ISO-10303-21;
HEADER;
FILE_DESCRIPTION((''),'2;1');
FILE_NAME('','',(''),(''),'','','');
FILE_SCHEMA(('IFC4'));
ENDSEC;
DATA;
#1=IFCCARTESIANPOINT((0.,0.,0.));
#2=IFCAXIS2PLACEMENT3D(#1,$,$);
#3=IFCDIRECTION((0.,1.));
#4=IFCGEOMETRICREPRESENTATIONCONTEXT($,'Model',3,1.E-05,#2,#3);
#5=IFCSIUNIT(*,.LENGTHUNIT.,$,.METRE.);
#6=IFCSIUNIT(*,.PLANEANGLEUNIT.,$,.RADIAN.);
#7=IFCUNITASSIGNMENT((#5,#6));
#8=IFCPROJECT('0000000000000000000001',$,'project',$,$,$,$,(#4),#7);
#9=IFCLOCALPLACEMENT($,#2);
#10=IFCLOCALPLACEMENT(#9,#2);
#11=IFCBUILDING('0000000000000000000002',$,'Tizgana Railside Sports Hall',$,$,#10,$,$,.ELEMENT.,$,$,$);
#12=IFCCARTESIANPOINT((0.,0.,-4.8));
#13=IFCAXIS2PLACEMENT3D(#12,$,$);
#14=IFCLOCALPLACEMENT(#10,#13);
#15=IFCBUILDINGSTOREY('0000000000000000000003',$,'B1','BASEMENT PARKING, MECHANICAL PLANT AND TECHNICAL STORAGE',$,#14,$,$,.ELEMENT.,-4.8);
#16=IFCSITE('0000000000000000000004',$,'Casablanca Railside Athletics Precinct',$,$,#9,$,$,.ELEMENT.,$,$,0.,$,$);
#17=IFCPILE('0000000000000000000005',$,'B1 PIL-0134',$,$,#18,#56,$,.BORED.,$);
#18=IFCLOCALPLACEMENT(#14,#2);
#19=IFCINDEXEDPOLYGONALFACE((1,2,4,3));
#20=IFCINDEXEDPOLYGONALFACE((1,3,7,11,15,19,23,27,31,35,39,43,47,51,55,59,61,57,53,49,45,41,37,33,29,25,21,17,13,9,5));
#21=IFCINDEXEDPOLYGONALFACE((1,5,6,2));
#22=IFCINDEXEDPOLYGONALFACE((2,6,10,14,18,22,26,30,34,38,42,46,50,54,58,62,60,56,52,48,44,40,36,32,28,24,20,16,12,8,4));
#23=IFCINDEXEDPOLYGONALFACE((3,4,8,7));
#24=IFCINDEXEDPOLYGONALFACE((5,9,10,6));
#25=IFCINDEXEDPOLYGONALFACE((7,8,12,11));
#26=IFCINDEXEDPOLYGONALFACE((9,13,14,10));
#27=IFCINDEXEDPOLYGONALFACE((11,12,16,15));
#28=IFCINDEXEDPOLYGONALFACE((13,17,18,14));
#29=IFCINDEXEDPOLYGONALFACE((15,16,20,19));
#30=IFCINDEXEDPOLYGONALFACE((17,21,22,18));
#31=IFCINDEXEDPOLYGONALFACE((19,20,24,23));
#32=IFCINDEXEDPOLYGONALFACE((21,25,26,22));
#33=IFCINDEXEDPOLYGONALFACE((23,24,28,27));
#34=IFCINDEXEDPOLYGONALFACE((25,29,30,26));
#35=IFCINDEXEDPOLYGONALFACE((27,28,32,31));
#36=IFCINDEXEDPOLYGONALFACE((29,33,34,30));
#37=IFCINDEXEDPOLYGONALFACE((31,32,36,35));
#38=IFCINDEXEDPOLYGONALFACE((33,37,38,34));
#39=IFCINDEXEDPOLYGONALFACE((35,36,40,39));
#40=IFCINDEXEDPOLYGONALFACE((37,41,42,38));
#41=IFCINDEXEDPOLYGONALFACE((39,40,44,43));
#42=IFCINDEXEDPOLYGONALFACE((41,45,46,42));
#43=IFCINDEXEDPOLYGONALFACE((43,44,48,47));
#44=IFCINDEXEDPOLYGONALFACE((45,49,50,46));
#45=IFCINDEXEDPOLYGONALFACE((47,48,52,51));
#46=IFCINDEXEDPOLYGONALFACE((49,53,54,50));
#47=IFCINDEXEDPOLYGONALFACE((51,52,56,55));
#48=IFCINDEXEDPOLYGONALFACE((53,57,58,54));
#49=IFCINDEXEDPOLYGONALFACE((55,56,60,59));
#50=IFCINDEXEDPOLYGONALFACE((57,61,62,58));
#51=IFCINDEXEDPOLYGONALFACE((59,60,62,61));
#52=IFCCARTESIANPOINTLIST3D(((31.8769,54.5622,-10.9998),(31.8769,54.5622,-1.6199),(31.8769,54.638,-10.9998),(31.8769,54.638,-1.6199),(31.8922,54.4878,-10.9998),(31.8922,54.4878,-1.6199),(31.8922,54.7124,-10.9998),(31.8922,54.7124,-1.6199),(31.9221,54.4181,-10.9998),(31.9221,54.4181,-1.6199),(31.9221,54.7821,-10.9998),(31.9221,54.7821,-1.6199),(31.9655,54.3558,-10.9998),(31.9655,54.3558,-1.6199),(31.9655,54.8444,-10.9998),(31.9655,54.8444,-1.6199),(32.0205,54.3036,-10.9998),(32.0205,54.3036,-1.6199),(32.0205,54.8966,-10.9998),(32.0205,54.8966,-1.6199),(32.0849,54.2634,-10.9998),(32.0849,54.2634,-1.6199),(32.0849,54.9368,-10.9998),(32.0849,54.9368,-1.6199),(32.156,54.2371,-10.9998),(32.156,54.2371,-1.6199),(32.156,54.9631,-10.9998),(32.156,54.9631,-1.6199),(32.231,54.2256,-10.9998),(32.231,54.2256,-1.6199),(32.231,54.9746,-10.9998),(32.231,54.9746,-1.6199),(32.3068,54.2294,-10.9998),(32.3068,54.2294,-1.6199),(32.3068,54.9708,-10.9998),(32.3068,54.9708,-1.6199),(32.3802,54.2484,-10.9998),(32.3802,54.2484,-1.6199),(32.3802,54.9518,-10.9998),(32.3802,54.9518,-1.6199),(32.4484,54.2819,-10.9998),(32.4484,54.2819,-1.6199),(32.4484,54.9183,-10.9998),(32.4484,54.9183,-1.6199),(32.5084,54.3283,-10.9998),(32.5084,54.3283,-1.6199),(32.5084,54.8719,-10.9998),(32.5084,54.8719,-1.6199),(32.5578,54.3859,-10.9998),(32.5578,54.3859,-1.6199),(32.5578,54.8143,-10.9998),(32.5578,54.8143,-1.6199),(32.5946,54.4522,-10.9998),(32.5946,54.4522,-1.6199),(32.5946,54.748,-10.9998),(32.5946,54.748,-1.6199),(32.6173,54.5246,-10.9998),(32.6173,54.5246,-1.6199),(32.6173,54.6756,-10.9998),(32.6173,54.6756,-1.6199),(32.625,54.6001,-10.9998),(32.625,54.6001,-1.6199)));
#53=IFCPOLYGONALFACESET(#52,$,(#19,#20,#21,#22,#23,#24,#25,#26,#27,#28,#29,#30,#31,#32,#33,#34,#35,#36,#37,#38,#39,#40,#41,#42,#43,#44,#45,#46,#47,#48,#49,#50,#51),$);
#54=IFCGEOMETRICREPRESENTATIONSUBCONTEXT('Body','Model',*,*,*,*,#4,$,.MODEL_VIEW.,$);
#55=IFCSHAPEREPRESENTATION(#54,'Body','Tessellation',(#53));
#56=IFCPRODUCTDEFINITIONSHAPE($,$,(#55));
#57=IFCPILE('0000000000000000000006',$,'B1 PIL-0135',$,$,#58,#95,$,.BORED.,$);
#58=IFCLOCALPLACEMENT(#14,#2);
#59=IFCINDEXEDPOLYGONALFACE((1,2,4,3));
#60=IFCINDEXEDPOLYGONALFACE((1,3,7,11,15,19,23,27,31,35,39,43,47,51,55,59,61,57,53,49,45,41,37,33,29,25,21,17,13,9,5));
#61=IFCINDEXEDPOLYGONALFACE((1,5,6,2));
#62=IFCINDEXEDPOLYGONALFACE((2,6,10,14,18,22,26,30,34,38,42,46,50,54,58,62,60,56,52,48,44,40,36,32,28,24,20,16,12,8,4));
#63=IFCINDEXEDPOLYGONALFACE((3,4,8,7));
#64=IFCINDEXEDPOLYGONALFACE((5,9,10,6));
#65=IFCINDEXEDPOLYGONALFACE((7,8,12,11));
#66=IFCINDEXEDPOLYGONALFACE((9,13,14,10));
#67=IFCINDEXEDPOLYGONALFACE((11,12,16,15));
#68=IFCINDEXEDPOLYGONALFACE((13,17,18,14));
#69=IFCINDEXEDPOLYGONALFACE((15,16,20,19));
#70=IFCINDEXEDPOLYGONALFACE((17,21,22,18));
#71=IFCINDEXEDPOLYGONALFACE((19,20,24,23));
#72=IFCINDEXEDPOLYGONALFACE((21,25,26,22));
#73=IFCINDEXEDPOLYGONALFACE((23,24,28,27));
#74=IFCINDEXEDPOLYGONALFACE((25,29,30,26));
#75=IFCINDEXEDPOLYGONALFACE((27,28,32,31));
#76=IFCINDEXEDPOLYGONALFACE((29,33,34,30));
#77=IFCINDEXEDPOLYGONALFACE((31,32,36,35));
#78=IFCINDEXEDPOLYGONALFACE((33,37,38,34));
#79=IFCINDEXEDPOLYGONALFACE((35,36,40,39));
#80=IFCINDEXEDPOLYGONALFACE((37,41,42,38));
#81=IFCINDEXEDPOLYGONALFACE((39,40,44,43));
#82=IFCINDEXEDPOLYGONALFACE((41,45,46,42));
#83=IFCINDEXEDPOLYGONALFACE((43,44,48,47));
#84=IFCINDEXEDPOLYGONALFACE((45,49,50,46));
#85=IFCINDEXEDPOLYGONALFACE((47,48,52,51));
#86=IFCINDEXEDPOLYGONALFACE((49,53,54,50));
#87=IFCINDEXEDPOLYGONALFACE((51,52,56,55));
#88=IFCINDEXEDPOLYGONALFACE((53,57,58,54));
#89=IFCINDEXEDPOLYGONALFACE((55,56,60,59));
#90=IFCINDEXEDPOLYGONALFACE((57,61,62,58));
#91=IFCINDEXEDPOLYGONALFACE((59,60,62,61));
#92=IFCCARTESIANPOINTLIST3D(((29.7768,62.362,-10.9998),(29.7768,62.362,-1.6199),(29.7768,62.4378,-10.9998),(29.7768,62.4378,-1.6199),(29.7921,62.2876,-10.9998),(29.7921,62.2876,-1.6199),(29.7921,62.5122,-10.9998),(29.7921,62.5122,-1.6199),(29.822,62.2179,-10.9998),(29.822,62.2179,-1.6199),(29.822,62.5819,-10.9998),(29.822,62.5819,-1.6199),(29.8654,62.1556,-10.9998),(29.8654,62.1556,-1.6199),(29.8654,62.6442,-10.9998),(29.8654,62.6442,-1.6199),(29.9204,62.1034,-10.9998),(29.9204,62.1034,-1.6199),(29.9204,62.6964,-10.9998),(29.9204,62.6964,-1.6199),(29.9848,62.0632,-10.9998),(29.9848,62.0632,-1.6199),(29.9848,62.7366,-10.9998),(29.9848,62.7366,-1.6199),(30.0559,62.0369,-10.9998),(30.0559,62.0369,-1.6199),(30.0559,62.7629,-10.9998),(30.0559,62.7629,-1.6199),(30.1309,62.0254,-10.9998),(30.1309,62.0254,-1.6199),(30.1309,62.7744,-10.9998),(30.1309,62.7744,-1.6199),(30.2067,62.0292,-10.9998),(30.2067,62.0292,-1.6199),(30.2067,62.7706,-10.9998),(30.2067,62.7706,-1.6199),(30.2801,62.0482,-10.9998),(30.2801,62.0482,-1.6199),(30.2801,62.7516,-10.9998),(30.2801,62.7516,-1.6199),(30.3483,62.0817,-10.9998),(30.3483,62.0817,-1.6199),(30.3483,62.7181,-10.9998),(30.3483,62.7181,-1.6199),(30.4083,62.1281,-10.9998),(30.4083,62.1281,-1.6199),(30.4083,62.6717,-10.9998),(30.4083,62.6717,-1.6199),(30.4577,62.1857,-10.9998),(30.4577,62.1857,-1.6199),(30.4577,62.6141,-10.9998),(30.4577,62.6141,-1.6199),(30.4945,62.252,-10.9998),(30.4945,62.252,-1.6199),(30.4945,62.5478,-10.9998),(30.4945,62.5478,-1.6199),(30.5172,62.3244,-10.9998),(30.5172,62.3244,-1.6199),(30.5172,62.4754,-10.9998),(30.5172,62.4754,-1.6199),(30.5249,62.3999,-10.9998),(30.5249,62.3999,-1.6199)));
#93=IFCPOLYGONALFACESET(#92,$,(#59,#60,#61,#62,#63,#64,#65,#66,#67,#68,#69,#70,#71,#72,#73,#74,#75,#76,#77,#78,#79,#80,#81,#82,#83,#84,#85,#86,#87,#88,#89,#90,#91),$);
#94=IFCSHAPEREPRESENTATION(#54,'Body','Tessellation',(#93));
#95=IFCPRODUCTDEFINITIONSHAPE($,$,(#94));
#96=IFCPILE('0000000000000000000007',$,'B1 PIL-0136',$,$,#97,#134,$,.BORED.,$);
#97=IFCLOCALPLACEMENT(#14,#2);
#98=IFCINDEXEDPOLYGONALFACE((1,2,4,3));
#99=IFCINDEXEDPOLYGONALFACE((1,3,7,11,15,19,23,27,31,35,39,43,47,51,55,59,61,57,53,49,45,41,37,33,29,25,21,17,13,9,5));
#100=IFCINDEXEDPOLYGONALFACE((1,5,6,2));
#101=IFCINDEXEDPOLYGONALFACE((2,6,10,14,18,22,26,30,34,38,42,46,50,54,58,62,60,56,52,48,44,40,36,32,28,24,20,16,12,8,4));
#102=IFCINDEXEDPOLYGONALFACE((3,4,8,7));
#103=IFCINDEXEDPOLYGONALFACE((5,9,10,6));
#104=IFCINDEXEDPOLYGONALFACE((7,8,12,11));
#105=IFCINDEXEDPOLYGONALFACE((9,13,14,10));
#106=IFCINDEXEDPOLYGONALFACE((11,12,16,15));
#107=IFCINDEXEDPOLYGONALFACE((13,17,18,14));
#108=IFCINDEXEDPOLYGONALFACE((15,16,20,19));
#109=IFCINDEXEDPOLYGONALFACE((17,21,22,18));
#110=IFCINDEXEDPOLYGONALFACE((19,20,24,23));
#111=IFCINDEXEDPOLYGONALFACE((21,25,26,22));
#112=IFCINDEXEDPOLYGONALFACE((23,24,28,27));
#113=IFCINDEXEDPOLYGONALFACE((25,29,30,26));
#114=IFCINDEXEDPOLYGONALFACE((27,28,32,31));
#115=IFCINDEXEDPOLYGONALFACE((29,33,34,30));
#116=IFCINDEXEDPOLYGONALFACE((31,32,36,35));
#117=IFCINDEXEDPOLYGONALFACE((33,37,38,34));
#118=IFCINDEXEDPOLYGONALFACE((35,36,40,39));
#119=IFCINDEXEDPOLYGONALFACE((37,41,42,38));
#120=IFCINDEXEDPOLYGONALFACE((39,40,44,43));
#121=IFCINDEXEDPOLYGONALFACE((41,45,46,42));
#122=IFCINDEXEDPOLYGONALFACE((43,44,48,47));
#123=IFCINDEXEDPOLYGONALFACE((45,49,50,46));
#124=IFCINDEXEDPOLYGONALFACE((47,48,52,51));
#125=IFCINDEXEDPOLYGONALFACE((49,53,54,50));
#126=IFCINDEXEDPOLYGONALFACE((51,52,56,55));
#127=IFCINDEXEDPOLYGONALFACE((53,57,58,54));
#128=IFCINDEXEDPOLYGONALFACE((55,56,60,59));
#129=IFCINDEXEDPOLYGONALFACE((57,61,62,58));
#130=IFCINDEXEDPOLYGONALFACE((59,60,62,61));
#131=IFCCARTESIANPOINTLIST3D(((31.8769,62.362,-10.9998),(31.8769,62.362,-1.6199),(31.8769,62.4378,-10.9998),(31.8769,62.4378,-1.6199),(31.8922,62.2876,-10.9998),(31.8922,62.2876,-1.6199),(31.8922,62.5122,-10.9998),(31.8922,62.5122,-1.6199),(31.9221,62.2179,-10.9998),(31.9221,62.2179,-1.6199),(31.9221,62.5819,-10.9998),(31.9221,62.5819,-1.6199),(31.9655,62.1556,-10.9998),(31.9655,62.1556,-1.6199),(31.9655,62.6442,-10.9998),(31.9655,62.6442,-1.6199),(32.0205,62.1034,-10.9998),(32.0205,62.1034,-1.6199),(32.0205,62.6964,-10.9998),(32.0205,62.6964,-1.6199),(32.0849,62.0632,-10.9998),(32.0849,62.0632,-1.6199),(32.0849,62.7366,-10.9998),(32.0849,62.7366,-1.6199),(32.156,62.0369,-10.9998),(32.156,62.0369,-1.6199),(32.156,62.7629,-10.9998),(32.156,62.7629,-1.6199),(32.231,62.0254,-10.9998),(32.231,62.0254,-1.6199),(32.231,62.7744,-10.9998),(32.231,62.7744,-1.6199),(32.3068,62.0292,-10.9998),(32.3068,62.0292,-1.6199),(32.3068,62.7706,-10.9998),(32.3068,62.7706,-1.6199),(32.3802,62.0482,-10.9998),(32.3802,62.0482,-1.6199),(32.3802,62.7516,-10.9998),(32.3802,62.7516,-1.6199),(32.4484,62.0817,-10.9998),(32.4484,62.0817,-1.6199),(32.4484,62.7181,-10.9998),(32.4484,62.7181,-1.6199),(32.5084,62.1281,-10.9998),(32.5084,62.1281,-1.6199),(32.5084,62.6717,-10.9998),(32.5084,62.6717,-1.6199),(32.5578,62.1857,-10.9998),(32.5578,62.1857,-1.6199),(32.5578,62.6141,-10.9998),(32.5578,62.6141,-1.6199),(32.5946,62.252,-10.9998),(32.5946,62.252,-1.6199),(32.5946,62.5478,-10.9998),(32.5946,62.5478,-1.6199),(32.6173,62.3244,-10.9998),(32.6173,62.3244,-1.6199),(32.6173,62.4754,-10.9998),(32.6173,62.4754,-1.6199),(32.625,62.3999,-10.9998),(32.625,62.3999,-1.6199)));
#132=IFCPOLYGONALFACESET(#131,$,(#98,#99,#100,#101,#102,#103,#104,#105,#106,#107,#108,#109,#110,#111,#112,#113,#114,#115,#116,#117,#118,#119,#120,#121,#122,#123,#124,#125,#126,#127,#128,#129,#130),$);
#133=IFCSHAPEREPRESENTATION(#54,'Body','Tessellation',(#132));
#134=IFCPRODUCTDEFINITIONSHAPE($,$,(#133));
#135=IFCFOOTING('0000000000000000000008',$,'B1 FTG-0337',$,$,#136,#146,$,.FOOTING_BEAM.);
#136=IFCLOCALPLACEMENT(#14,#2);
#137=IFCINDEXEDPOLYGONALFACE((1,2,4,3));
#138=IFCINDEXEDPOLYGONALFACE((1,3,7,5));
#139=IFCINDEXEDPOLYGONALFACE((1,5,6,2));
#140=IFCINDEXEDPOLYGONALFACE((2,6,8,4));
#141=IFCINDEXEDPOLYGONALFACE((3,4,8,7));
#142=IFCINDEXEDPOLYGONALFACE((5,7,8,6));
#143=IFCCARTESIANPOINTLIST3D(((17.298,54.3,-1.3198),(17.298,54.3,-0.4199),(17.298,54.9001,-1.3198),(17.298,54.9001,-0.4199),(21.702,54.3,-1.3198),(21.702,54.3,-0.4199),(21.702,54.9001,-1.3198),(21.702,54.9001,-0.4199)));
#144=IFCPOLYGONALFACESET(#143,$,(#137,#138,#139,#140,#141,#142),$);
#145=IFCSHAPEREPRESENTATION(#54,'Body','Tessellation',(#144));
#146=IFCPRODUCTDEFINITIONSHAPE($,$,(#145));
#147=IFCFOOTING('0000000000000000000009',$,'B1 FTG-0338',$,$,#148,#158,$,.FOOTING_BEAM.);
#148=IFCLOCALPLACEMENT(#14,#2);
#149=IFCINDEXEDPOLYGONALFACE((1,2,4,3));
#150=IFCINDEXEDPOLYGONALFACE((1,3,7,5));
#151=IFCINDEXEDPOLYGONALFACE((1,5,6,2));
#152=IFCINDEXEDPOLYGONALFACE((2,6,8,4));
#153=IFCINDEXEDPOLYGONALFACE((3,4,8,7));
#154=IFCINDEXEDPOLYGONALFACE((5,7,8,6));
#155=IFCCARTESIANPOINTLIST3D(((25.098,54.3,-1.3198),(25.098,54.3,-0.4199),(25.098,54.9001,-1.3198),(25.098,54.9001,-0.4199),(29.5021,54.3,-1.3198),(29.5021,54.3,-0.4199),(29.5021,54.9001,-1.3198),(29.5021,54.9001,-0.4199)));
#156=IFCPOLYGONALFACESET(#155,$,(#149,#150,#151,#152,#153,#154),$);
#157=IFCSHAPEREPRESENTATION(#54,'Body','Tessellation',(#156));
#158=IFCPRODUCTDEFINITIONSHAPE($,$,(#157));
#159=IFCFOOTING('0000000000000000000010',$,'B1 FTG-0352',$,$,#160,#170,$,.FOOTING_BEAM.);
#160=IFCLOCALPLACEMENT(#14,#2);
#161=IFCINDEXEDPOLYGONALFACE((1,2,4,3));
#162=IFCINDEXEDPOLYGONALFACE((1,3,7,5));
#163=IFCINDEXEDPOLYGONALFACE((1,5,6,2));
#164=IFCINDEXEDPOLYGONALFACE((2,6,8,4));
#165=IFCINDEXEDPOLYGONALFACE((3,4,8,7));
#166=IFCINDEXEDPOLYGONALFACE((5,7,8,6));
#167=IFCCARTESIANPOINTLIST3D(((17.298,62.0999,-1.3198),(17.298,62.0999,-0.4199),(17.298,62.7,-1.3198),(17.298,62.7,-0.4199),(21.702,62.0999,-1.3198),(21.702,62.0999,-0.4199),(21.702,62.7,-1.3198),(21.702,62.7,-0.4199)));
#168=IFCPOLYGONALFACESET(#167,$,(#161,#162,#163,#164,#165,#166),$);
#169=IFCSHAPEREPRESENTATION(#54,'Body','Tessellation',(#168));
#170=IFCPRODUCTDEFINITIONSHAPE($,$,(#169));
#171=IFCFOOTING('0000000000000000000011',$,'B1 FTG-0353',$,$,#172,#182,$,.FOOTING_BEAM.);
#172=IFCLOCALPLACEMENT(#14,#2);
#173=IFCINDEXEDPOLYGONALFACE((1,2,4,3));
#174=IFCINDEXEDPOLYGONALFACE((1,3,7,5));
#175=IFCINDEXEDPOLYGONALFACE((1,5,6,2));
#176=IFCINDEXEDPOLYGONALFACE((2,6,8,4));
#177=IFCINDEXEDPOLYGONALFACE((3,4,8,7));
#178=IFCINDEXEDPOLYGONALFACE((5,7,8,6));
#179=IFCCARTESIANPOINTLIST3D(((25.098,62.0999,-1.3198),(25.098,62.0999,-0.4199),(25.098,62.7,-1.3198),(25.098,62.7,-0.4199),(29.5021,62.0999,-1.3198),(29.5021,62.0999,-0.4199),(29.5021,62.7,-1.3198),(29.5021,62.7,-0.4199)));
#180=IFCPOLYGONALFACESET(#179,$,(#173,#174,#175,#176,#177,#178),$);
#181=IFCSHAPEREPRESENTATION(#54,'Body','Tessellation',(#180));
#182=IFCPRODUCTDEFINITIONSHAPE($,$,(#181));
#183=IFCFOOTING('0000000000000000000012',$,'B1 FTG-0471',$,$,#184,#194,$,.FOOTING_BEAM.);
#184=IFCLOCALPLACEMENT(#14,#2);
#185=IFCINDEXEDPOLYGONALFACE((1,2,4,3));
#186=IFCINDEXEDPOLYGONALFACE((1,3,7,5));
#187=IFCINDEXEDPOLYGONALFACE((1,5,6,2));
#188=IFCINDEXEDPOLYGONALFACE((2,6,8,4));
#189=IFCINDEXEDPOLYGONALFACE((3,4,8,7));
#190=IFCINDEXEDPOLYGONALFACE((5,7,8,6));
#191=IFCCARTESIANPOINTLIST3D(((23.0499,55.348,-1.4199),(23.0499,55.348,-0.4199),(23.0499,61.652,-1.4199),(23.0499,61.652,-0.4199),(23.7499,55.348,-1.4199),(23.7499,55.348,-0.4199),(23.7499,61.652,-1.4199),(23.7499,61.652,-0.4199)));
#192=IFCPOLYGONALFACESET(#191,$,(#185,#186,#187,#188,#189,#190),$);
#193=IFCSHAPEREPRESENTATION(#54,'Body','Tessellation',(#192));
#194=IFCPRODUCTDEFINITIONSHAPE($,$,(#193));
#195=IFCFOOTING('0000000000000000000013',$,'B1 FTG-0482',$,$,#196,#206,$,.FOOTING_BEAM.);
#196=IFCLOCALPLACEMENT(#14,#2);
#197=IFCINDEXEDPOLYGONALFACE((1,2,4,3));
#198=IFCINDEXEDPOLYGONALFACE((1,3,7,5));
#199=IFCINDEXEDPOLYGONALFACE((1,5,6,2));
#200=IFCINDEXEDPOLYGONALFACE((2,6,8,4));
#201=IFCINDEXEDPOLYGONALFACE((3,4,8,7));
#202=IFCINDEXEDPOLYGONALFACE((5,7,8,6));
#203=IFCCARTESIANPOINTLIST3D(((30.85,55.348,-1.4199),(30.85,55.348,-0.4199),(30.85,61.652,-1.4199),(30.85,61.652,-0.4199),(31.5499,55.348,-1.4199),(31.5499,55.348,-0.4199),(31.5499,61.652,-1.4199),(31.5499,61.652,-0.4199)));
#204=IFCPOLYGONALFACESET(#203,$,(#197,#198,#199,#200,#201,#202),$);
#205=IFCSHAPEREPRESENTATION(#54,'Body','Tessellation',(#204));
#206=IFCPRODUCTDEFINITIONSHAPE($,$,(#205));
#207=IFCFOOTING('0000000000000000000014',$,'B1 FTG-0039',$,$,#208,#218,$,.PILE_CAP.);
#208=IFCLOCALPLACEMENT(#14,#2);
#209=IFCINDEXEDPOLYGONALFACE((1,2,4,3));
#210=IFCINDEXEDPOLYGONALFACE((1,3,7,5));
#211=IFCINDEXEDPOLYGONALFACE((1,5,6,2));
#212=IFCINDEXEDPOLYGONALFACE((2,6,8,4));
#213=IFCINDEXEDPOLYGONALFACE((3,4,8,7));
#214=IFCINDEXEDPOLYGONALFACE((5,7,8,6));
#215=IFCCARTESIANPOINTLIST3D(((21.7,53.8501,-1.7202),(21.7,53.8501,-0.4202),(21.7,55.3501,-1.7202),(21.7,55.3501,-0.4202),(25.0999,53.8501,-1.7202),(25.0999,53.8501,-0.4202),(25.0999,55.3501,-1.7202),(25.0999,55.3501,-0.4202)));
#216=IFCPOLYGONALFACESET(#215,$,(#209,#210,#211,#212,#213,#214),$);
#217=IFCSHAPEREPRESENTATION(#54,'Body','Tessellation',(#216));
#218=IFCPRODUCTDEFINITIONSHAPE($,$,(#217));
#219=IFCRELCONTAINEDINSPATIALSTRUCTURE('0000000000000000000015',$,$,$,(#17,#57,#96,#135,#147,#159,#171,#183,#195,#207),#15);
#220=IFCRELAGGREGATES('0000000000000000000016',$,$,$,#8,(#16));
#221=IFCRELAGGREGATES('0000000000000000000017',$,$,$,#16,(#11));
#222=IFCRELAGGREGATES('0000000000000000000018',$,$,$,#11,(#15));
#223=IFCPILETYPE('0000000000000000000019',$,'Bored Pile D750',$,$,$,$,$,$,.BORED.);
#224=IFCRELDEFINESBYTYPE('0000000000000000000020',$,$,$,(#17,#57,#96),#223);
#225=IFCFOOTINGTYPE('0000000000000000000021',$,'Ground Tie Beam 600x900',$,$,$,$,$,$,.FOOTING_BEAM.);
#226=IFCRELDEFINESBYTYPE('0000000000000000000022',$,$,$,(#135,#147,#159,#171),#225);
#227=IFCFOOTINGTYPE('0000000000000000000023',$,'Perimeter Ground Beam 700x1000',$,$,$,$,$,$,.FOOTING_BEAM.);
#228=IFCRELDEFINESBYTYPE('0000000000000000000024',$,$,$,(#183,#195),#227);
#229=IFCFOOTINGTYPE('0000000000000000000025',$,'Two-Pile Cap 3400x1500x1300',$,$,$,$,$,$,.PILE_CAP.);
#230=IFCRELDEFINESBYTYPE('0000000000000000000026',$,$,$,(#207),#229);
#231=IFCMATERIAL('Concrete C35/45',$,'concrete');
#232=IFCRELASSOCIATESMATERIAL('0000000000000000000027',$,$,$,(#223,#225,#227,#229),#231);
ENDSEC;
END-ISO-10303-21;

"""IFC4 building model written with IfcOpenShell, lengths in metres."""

from ifc_helpers import new_model, si_unit, direction, frame, origin, origin_2d, place, context, subcontext, project, spatial, rectangle, circle, extrude, material, material_profile, profile_set, type_object, element, save


model = new_model("IFC4")

# Units and contexts
model_context = context("Model", 3, precision=1e-05, world=origin(), true_north=direction((0.0, 1.0)))
body_context = subcontext(model_context, "Body", "Model", "MODEL_VIEW")
ifc_project = project(units=[si_unit("LENGTHUNIT", "METRE"), si_unit("PLANEANGLEUNIT", "RADIAN")], contexts=[model_context])

# Site, building, storey
site_placement = place(None, origin())
site = spatial("IfcSite", under=ifc_project, at=site_placement, Name="Casablanca Railside Athletics Precinct", CompositionType="ELEMENT", RefElevation=0.0)
building_placement = place(site_placement, origin())
building = spatial("IfcBuilding", under=site, at=building_placement, Name="Tizgana Railside Sports Hall", CompositionType="ELEMENT")
storey_placement = place(building_placement, frame((0.0, 0.0, -4.8)))
storey = spatial("IfcBuildingStorey", under=building, at=storey_placement, Name="B1", Description="BASEMENT PARKING, MECHANICAL PLANT AND TECHNICAL STORAGE", CompositionType="ELEMENT", Elevation=-4.8)

# Piles
ifc_material_1 = material(Name="Concrete C35/45", Category="concrete")
ifc_material_profile_1 = material_profile(ifc_material_1, circle(Radius=0.375, at=origin_2d()), Name="PILE D750")
ifc_profile_set_1 = profile_set([ifc_material_profile_1], Name="Concrete C35/45")
pile_type = type_object("IfcPileType", Name="Bored Pile D750", PredefinedType="BORED", material=ifc_profile_set_1)
for number, where, z_axis, x_axis, name in (
    (1, (32.25, 54.6001, -1.6199), (0.0, 0.0, -1.0), (1.0, 0.0, 0.0), "B1 PIL-0134"),
    (2, (30.1499, 62.3999, -1.6199), (0.0, 0.0, -1.0), (1.0, 0.0, 0.0), "B1 PIL-0135"),
    (3, (32.25, 62.3999, -1.6199), (0.0, 0.0, -1.0), (1.0, 0.0, 0.0), "B1 PIL-0136"),
):
    element("IfcPile", number, at=place(storey_placement, frame(where, z_axis=z_axis, x_axis=x_axis)), inside=storey, type_object=pile_type, Name=name, PredefinedType="BORED", context=body_context, shape_type="SweptSolid", body=[
        extrude(circle(Radius=0.375, at=origin_2d()), origin(), (0.0, 0.0, 1.0), 9.3799),
    ])

# Footings
footing_type_1 = type_object("IfcFootingType", Name="Ground Tie Beam 600x900", PredefinedType="FOOTING_BEAM", material=ifc_material_1)
for number, where, z_axis, x_axis, name in (
    (4, (19.5, 54.6001, -1.3198), (0.0, 0.0, 1.0), (1.0, 0.0, 0.0), "B1 FTG-0337"),
    (5, (27.3, 54.6001, -1.3198), (0.0, 0.0, 1.0), (1.0, 0.0, 0.0), "B1 FTG-0338"),
    (6, (19.5, 62.3999, -1.3198), (0.0, 0.0, 1.0), (1.0, 0.0, 0.0), "B1 FTG-0352"),
    (7, (27.3, 62.3999, -1.3198), (0.0, 0.0, 1.0), (1.0, 0.0, 0.0), "B1 FTG-0353"),
):
    element("IfcFooting", number, at=place(storey_placement, frame(where, z_axis=z_axis, x_axis=x_axis)), inside=storey, type_object=footing_type_1, Name=name, PredefinedType="FOOTING_BEAM", context=body_context, shape_type="SweptSolid", body=[
        extrude(rectangle(XDim=4.4041, YDim=0.6001, at=origin_2d()), origin(), (0.0, 0.0, 1.0), 0.8999),
    ])
footing_type_2 = type_object("IfcFootingType", Name="Perimeter Ground Beam 700x1000", PredefinedType="FOOTING_BEAM", material=ifc_material_1)
for number, where, z_axis, x_axis, name in (
    (8, (23.3999, 58.5, -1.4199), (0.0, 0.0, 1.0), (0.0, 1.0, 0.0), "B1 FTG-0471"),
    (9, (31.2, 58.5, -1.4199), (0.0, 0.0, 1.0), (0.0, 1.0, 0.0), "B1 FTG-0482"),
):
    element("IfcFooting", number, at=place(storey_placement, frame(where, z_axis=z_axis, x_axis=x_axis)), inside=storey, type_object=footing_type_2, Name=name, PredefinedType="FOOTING_BEAM", context=body_context, shape_type="SweptSolid", body=[
        extrude(rectangle(XDim=6.304, YDim=0.7, at=origin_2d()), origin(), (0.0, 0.0, 1.0), 1.0),
    ])
footing_type_3 = type_object("IfcFootingType", Name="Two-Pile Cap 3400x1500x1300", PredefinedType="PILE_CAP", material=ifc_material_1)
for number, where, z_axis, x_axis, name in (
    (10, (23.3999, 54.6001, -1.7202), (0.0, 0.0, 1.0), (1.0, 0.0, 0.0), "B1 FTG-0039"),
):
    element("IfcFooting", number, at=place(storey_placement, frame(where, z_axis=z_axis, x_axis=x_axis)), inside=storey, type_object=footing_type_3, Name=name, PredefinedType="PILE_CAP", context=body_context, shape_type="SweptSolid", body=[
        extrude(rectangle(XDim=3.3999, YDim=1.5, at=origin_2d()), origin(), (0.0, 0.0, 1.0), 1.3),
    ])

save(model, "model.ifc")
